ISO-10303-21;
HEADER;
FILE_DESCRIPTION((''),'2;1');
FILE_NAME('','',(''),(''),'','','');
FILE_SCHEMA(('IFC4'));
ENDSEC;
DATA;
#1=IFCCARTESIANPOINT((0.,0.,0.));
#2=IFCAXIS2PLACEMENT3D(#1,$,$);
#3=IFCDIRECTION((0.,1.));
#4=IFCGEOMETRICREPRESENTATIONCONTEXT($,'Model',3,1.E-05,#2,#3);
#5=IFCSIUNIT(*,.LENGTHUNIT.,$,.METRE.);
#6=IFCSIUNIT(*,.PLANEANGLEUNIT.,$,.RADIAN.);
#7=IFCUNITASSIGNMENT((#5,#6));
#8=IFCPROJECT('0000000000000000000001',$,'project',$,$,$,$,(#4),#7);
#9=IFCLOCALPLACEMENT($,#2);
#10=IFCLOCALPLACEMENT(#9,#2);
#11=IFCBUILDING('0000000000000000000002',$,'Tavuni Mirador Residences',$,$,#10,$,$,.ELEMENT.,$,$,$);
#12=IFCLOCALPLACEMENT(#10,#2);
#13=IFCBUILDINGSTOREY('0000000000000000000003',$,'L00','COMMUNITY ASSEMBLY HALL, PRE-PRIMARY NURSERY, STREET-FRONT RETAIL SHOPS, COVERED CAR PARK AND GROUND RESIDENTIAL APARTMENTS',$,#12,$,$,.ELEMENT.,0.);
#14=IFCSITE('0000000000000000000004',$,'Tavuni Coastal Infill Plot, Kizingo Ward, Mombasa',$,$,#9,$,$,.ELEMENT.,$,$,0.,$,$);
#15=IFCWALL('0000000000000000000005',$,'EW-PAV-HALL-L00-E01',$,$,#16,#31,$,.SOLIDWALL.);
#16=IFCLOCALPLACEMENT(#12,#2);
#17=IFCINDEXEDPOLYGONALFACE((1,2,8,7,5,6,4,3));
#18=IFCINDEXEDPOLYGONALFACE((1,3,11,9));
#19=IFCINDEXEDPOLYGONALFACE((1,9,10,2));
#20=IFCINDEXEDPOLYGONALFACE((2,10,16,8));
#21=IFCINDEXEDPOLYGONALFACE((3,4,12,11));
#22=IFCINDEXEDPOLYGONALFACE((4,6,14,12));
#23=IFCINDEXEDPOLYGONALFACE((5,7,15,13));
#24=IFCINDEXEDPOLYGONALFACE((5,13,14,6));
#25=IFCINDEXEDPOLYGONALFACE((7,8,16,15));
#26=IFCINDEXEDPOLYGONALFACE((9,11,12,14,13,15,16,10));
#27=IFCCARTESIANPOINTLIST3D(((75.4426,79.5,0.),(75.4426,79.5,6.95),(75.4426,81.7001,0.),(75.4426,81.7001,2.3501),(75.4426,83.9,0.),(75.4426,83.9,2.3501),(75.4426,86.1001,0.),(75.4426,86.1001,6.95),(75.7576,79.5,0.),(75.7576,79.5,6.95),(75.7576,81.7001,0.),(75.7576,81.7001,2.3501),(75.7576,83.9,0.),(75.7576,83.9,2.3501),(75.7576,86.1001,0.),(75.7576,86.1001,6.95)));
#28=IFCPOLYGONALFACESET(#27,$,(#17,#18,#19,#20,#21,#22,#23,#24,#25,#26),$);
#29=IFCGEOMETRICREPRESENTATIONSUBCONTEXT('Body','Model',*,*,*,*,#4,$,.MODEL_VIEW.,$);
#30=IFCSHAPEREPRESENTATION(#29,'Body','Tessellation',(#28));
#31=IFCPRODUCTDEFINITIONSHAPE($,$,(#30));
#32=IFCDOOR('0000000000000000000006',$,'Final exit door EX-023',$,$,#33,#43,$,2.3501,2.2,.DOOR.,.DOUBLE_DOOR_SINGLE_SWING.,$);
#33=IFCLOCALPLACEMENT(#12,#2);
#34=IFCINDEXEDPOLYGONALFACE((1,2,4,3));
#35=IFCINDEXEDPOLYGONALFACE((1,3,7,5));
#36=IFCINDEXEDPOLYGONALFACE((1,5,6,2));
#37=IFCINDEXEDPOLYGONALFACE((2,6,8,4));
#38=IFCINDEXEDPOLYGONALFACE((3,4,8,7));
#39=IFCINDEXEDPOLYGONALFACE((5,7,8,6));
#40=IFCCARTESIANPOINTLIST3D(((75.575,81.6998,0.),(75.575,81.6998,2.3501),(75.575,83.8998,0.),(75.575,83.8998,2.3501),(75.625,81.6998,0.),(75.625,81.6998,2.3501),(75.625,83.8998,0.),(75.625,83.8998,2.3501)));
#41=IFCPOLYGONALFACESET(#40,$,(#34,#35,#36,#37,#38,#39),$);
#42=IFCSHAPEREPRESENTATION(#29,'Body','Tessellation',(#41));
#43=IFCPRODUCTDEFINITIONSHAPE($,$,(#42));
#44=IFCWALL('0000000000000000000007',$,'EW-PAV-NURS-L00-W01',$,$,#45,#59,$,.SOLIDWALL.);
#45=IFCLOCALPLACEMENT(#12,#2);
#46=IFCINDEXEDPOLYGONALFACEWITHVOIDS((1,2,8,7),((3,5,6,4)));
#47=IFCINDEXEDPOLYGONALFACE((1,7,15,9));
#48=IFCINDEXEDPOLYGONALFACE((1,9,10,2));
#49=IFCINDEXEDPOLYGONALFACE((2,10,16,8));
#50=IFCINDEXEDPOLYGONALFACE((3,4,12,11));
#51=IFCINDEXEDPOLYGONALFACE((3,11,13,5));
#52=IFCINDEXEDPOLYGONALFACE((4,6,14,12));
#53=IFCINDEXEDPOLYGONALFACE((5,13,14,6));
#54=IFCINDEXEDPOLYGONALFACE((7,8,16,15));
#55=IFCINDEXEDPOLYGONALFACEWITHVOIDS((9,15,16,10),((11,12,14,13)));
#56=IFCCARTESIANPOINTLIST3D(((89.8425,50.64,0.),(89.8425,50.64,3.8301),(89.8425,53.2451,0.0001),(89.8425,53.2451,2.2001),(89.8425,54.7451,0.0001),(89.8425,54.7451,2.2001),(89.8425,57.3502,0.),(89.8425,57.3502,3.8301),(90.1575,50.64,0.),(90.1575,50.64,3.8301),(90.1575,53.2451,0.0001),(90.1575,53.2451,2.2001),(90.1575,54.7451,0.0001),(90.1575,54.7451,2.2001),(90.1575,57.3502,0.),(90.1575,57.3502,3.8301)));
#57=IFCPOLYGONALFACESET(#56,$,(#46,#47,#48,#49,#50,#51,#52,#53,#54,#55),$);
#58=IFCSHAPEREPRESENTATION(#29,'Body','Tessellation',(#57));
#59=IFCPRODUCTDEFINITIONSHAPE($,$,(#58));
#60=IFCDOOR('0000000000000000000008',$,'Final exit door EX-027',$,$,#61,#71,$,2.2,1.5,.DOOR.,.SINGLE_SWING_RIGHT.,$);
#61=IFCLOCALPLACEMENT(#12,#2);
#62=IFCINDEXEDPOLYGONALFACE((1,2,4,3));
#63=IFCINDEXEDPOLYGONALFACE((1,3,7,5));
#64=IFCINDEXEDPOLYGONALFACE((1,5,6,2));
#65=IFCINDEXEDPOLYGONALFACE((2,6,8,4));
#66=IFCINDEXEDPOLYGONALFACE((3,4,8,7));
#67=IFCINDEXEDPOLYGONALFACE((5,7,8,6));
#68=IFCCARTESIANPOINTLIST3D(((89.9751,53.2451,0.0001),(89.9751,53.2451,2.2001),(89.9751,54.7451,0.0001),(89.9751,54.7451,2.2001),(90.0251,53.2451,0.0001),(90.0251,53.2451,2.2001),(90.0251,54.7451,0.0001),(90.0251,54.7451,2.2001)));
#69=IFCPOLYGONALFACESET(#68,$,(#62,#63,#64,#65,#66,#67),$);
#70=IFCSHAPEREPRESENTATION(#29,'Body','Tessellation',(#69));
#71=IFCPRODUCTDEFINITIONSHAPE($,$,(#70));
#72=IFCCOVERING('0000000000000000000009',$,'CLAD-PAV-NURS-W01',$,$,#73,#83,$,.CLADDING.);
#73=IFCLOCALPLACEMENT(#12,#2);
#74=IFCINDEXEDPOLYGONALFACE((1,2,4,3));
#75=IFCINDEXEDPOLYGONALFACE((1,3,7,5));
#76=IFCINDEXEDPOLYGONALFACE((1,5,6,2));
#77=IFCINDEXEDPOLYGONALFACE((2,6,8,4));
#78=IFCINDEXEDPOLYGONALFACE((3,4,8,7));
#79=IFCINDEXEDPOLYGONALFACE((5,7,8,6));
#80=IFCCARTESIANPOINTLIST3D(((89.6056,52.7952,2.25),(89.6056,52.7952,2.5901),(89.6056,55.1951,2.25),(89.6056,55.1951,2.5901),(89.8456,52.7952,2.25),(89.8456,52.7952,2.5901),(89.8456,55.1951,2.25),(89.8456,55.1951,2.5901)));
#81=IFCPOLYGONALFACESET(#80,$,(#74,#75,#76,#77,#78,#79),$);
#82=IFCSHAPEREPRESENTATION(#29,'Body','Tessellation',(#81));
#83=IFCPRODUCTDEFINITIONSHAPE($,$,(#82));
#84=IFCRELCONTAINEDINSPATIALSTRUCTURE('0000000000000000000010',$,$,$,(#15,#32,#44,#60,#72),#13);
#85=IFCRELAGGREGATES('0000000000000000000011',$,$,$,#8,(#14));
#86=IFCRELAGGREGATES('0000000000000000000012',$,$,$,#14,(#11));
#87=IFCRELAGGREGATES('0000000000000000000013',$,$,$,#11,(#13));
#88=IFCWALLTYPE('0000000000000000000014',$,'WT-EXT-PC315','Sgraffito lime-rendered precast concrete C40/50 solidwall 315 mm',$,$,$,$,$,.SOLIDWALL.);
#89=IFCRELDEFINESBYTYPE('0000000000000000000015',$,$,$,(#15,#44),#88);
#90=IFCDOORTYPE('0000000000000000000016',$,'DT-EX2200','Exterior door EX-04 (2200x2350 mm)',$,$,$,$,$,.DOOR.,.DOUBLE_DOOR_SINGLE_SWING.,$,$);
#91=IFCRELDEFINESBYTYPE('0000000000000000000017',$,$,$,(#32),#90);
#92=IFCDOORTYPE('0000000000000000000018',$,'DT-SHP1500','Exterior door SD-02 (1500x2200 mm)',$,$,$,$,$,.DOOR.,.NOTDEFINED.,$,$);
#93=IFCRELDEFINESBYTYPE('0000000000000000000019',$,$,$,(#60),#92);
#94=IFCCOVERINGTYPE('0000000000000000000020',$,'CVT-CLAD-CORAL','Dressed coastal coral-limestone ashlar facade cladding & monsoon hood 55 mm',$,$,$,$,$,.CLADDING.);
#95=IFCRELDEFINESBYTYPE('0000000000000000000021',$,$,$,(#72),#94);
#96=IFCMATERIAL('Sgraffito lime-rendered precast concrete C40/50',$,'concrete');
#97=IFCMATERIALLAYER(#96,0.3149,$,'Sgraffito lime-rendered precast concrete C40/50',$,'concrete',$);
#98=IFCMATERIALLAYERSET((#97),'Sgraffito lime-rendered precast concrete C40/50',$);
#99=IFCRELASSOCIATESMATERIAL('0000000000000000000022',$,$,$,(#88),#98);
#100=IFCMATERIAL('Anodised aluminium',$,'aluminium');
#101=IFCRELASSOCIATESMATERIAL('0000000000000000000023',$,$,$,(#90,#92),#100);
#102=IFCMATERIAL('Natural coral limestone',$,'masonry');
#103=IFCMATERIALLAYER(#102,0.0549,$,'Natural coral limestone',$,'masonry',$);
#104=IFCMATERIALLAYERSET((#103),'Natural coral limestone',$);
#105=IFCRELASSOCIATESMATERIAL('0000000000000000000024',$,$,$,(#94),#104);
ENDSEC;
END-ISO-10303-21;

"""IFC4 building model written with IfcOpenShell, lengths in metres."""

from ifc_helpers import new_model, si_unit, direction, frame, frame_2d, origin, origin_2d, place, context, subcontext, project, spatial, rectangle, extrude, material, layer, layer_set, type_object, element, fill, save


model = new_model("IFC4")

# Units and contexts
model_context = context("Model", 3, precision=1e-05, world=origin(), true_north=direction((0.0, 1.0)))
body_context = subcontext(model_context, "Body", "Model", "MODEL_VIEW")
ifc_project = project(units=[si_unit("LENGTHUNIT", "METRE"), si_unit("PLANEANGLEUNIT", "RADIAN")], contexts=[model_context])

# Site, building, storey
site_placement = place(None, origin())
site = spatial("IfcSite", under=ifc_project, at=site_placement, Name="Tavuni Coastal Infill Plot, Kizingo Ward, Mombasa", CompositionType="ELEMENT", RefElevation=0.0)
building_placement = place(site_placement, origin())
building = spatial("IfcBuilding", under=site, at=building_placement, Name="Tavuni Mirador Residences", CompositionType="ELEMENT")
storey_placement = place(building_placement, origin())
storey = spatial("IfcBuildingStorey", under=building, at=storey_placement, Name="L00", Description="COMMUNITY ASSEMBLY HALL, PRE-PRIMARY NURSERY, STREET-FRONT RETAIL SHOPS, COVERED CAR PARK AND GROUND RESIDENTIAL APARTMENTS", CompositionType="ELEMENT", Elevation=0.0)

# Shared definitions
ifc_material_1 = material(Name="Sgraffito lime-rendered precast concrete C40/50", Category="concrete")

# Walls, openings, doors
ifc_layer_1 = layer(ifc_material_1, 0.3149, Name="Sgraffito lime-rendered precast concrete C40/50", Category="concrete")
ifc_layer_set_1 = layer_set([ifc_layer_1], Name="Sgraffito lime-rendered precast concrete C40/50")
wall_type_1 = type_object("IfcWallType", Name="WT-EXT-PC315", Description="Sgraffito lime-rendered precast concrete C40/50 solidwall 315 mm", PredefinedType="SOLIDWALL", material=ifc_layer_set_1)
wall_1_placement = place(storey_placement, frame((75.6001, 79.5, 0.0), z_axis=(0.0, 0.0, 1.0), x_axis=(0.0, 1.0, 0.0)))
wall_1 = element("IfcWall", 1, at=wall_1_placement, inside=storey, type_object=wall_type_1, Name="EW-PAV-HALL-L00-E01", PredefinedType="SOLIDWALL", context=body_context, shape_type="SweptSolid", body=[
    extrude(rectangle(XDim=6.6001, YDim=0.3149, at=frame_2d((3.3, 0.0))), origin(), (0.0, 0.0, 1.0), 6.95),
])
opening_1_placement = place(wall_1_placement, frame((2.2, 0.0, 0.0)))
opening_1 = element("IfcOpeningElement", 2, at=opening_1_placement, cuts=wall_1, PredefinedType="OPENING", context=body_context, shape_type="SweptSolid", body=[
    extrude(rectangle(XDim=2.2, YDim=2.3501, at=frame_2d((1.1001, 1.175))), frame((0.0, 0.1675, 0.0), z_axis=(0.0, -1.0, 0.0), x_axis=(1.0, 0.0, 0.0)), (0.0, 0.0, 1.0), 0.335),
])
ifc_material_2 = material(Name="Anodised aluminium", Category="aluminium")
door_type_1 = type_object("IfcDoorType", Name="DT-EX2200", Description="Exterior door EX-04 (2200x2350 mm)", OperationType="DOUBLE_DOOR_SINGLE_SWING", PredefinedType="DOOR", material=ifc_material_2)
door_1_placement = place(opening_1_placement, frame((2.2, 0.0, 0.0), z_axis=(0.0, 0.0, 1.0), x_axis=(-1.0, 0.0, 0.0)))
door_1 = element("IfcDoor", 3, at=door_1_placement, inside=storey, type_object=door_type_1, Name="Final exit door EX-023", OperationType="DOUBLE_DOOR_SINGLE_SWING", OverallHeight=2.3501, OverallWidth=2.2, PredefinedType="DOOR", context=body_context, shape_type="SweptSolid", body=[
    extrude(rectangle(XDim=2.2, YDim=2.3501, at=frame_2d((1.1001, 1.175))), frame((0.0, 0.0249, 0.0), z_axis=(0.0, -1.0, 0.0), x_axis=(1.0, 0.0, 0.0)), (0.0, 0.0, 1.0), 0.05),
])
fill(opening_1, door_1)
wall_2_placement = place(storey_placement, frame((90.0, 57.3501, 0.0), z_axis=(0.0, 0.0, 1.0), x_axis=(0.0, -1.0, 0.0)))
wall_2 = element("IfcWall", 4, at=wall_2_placement, inside=storey, type_object=wall_type_1, Name="EW-PAV-NURS-L00-W01", PredefinedType="SOLIDWALL", context=body_context, shape_type="SweptSolid", body=[
    extrude(rectangle(XDim=6.7102, YDim=0.3149, at=frame_2d((3.355, 0.0))), origin(), (0.0, 0.0, 1.0), 3.8301),
])
opening_2_placement = place(wall_2_placement, frame((2.605, 0.0, 0.0)))
opening_2 = element("IfcOpeningElement", 5, at=opening_2_placement, cuts=wall_2, PredefinedType="OPENING", context=body_context, shape_type="SweptSolid", body=[
    extrude(rectangle(XDim=1.5, YDim=2.2, at=frame_2d((0.75, 1.1001))), frame((0.0, 0.1675, 0.0), z_axis=(0.0, -1.0, 0.0), x_axis=(1.0, 0.0, 0.0)), (0.0, 0.0, 1.0), 0.335),
])
door_type_2 = type_object("IfcDoorType", Name="DT-SHP1500", Description="Exterior door SD-02 (1500x2200 mm)", OperationType="NOTDEFINED", PredefinedType="DOOR", material=ifc_material_2)
door_2_placement = place(opening_2_placement, frame((1.5, 0.0, 0.0), z_axis=(0.0, 0.0, 1.0), x_axis=(-1.0, 0.0, 0.0)))
door_2 = element("IfcDoor", 6, at=door_2_placement, inside=storey, type_object=door_type_2, Name="Final exit door EX-027", OperationType="SINGLE_SWING_RIGHT", OverallHeight=2.2, OverallWidth=1.5, PredefinedType="DOOR", context=body_context, shape_type="SweptSolid", body=[
    extrude(rectangle(XDim=1.5, YDim=2.2, at=frame_2d((0.75, 1.1001))), frame((0.0, 0.0249, 0.0), z_axis=(0.0, -1.0, 0.0), x_axis=(1.0, 0.0, 0.0)), (0.0, 0.0, 1.0), 0.05),
])
fill(opening_2, door_2)

# Covering
ifc_material_3 = material(Name="Natural coral limestone", Category="masonry")
ifc_layer_2 = layer(ifc_material_3, 0.0549, Name="Natural coral limestone", Category="masonry")
ifc_layer_set_2 = layer_set([ifc_layer_2], Name="Natural coral limestone")
covering_type = type_object("IfcCoveringType", Name="CVT-CLAD-CORAL", Description="Dressed coastal coral-limestone ashlar facade cladding & monsoon hood 55 mm", PredefinedType="CLADDING", material=ifc_layer_set_2)
covering_placement = place(storey_placement, frame((89.7256, 53.9951, 2.25), z_axis=(0.0, 0.0, 1.0), x_axis=(0.0, -1.0, 0.0)))
element("IfcCovering", 7, at=covering_placement, inside=storey, type_object=covering_type, Name="CLAD-PAV-NURS-W01", PredefinedType="CLADDING", context=body_context, shape_type="SweptSolid", body=[
    extrude(rectangle(XDim=2.3999, YDim=0.24, at=origin_2d()), origin(), (0.0, 0.0, 1.0), 0.3401),
])

save(model, "model.ifc")
